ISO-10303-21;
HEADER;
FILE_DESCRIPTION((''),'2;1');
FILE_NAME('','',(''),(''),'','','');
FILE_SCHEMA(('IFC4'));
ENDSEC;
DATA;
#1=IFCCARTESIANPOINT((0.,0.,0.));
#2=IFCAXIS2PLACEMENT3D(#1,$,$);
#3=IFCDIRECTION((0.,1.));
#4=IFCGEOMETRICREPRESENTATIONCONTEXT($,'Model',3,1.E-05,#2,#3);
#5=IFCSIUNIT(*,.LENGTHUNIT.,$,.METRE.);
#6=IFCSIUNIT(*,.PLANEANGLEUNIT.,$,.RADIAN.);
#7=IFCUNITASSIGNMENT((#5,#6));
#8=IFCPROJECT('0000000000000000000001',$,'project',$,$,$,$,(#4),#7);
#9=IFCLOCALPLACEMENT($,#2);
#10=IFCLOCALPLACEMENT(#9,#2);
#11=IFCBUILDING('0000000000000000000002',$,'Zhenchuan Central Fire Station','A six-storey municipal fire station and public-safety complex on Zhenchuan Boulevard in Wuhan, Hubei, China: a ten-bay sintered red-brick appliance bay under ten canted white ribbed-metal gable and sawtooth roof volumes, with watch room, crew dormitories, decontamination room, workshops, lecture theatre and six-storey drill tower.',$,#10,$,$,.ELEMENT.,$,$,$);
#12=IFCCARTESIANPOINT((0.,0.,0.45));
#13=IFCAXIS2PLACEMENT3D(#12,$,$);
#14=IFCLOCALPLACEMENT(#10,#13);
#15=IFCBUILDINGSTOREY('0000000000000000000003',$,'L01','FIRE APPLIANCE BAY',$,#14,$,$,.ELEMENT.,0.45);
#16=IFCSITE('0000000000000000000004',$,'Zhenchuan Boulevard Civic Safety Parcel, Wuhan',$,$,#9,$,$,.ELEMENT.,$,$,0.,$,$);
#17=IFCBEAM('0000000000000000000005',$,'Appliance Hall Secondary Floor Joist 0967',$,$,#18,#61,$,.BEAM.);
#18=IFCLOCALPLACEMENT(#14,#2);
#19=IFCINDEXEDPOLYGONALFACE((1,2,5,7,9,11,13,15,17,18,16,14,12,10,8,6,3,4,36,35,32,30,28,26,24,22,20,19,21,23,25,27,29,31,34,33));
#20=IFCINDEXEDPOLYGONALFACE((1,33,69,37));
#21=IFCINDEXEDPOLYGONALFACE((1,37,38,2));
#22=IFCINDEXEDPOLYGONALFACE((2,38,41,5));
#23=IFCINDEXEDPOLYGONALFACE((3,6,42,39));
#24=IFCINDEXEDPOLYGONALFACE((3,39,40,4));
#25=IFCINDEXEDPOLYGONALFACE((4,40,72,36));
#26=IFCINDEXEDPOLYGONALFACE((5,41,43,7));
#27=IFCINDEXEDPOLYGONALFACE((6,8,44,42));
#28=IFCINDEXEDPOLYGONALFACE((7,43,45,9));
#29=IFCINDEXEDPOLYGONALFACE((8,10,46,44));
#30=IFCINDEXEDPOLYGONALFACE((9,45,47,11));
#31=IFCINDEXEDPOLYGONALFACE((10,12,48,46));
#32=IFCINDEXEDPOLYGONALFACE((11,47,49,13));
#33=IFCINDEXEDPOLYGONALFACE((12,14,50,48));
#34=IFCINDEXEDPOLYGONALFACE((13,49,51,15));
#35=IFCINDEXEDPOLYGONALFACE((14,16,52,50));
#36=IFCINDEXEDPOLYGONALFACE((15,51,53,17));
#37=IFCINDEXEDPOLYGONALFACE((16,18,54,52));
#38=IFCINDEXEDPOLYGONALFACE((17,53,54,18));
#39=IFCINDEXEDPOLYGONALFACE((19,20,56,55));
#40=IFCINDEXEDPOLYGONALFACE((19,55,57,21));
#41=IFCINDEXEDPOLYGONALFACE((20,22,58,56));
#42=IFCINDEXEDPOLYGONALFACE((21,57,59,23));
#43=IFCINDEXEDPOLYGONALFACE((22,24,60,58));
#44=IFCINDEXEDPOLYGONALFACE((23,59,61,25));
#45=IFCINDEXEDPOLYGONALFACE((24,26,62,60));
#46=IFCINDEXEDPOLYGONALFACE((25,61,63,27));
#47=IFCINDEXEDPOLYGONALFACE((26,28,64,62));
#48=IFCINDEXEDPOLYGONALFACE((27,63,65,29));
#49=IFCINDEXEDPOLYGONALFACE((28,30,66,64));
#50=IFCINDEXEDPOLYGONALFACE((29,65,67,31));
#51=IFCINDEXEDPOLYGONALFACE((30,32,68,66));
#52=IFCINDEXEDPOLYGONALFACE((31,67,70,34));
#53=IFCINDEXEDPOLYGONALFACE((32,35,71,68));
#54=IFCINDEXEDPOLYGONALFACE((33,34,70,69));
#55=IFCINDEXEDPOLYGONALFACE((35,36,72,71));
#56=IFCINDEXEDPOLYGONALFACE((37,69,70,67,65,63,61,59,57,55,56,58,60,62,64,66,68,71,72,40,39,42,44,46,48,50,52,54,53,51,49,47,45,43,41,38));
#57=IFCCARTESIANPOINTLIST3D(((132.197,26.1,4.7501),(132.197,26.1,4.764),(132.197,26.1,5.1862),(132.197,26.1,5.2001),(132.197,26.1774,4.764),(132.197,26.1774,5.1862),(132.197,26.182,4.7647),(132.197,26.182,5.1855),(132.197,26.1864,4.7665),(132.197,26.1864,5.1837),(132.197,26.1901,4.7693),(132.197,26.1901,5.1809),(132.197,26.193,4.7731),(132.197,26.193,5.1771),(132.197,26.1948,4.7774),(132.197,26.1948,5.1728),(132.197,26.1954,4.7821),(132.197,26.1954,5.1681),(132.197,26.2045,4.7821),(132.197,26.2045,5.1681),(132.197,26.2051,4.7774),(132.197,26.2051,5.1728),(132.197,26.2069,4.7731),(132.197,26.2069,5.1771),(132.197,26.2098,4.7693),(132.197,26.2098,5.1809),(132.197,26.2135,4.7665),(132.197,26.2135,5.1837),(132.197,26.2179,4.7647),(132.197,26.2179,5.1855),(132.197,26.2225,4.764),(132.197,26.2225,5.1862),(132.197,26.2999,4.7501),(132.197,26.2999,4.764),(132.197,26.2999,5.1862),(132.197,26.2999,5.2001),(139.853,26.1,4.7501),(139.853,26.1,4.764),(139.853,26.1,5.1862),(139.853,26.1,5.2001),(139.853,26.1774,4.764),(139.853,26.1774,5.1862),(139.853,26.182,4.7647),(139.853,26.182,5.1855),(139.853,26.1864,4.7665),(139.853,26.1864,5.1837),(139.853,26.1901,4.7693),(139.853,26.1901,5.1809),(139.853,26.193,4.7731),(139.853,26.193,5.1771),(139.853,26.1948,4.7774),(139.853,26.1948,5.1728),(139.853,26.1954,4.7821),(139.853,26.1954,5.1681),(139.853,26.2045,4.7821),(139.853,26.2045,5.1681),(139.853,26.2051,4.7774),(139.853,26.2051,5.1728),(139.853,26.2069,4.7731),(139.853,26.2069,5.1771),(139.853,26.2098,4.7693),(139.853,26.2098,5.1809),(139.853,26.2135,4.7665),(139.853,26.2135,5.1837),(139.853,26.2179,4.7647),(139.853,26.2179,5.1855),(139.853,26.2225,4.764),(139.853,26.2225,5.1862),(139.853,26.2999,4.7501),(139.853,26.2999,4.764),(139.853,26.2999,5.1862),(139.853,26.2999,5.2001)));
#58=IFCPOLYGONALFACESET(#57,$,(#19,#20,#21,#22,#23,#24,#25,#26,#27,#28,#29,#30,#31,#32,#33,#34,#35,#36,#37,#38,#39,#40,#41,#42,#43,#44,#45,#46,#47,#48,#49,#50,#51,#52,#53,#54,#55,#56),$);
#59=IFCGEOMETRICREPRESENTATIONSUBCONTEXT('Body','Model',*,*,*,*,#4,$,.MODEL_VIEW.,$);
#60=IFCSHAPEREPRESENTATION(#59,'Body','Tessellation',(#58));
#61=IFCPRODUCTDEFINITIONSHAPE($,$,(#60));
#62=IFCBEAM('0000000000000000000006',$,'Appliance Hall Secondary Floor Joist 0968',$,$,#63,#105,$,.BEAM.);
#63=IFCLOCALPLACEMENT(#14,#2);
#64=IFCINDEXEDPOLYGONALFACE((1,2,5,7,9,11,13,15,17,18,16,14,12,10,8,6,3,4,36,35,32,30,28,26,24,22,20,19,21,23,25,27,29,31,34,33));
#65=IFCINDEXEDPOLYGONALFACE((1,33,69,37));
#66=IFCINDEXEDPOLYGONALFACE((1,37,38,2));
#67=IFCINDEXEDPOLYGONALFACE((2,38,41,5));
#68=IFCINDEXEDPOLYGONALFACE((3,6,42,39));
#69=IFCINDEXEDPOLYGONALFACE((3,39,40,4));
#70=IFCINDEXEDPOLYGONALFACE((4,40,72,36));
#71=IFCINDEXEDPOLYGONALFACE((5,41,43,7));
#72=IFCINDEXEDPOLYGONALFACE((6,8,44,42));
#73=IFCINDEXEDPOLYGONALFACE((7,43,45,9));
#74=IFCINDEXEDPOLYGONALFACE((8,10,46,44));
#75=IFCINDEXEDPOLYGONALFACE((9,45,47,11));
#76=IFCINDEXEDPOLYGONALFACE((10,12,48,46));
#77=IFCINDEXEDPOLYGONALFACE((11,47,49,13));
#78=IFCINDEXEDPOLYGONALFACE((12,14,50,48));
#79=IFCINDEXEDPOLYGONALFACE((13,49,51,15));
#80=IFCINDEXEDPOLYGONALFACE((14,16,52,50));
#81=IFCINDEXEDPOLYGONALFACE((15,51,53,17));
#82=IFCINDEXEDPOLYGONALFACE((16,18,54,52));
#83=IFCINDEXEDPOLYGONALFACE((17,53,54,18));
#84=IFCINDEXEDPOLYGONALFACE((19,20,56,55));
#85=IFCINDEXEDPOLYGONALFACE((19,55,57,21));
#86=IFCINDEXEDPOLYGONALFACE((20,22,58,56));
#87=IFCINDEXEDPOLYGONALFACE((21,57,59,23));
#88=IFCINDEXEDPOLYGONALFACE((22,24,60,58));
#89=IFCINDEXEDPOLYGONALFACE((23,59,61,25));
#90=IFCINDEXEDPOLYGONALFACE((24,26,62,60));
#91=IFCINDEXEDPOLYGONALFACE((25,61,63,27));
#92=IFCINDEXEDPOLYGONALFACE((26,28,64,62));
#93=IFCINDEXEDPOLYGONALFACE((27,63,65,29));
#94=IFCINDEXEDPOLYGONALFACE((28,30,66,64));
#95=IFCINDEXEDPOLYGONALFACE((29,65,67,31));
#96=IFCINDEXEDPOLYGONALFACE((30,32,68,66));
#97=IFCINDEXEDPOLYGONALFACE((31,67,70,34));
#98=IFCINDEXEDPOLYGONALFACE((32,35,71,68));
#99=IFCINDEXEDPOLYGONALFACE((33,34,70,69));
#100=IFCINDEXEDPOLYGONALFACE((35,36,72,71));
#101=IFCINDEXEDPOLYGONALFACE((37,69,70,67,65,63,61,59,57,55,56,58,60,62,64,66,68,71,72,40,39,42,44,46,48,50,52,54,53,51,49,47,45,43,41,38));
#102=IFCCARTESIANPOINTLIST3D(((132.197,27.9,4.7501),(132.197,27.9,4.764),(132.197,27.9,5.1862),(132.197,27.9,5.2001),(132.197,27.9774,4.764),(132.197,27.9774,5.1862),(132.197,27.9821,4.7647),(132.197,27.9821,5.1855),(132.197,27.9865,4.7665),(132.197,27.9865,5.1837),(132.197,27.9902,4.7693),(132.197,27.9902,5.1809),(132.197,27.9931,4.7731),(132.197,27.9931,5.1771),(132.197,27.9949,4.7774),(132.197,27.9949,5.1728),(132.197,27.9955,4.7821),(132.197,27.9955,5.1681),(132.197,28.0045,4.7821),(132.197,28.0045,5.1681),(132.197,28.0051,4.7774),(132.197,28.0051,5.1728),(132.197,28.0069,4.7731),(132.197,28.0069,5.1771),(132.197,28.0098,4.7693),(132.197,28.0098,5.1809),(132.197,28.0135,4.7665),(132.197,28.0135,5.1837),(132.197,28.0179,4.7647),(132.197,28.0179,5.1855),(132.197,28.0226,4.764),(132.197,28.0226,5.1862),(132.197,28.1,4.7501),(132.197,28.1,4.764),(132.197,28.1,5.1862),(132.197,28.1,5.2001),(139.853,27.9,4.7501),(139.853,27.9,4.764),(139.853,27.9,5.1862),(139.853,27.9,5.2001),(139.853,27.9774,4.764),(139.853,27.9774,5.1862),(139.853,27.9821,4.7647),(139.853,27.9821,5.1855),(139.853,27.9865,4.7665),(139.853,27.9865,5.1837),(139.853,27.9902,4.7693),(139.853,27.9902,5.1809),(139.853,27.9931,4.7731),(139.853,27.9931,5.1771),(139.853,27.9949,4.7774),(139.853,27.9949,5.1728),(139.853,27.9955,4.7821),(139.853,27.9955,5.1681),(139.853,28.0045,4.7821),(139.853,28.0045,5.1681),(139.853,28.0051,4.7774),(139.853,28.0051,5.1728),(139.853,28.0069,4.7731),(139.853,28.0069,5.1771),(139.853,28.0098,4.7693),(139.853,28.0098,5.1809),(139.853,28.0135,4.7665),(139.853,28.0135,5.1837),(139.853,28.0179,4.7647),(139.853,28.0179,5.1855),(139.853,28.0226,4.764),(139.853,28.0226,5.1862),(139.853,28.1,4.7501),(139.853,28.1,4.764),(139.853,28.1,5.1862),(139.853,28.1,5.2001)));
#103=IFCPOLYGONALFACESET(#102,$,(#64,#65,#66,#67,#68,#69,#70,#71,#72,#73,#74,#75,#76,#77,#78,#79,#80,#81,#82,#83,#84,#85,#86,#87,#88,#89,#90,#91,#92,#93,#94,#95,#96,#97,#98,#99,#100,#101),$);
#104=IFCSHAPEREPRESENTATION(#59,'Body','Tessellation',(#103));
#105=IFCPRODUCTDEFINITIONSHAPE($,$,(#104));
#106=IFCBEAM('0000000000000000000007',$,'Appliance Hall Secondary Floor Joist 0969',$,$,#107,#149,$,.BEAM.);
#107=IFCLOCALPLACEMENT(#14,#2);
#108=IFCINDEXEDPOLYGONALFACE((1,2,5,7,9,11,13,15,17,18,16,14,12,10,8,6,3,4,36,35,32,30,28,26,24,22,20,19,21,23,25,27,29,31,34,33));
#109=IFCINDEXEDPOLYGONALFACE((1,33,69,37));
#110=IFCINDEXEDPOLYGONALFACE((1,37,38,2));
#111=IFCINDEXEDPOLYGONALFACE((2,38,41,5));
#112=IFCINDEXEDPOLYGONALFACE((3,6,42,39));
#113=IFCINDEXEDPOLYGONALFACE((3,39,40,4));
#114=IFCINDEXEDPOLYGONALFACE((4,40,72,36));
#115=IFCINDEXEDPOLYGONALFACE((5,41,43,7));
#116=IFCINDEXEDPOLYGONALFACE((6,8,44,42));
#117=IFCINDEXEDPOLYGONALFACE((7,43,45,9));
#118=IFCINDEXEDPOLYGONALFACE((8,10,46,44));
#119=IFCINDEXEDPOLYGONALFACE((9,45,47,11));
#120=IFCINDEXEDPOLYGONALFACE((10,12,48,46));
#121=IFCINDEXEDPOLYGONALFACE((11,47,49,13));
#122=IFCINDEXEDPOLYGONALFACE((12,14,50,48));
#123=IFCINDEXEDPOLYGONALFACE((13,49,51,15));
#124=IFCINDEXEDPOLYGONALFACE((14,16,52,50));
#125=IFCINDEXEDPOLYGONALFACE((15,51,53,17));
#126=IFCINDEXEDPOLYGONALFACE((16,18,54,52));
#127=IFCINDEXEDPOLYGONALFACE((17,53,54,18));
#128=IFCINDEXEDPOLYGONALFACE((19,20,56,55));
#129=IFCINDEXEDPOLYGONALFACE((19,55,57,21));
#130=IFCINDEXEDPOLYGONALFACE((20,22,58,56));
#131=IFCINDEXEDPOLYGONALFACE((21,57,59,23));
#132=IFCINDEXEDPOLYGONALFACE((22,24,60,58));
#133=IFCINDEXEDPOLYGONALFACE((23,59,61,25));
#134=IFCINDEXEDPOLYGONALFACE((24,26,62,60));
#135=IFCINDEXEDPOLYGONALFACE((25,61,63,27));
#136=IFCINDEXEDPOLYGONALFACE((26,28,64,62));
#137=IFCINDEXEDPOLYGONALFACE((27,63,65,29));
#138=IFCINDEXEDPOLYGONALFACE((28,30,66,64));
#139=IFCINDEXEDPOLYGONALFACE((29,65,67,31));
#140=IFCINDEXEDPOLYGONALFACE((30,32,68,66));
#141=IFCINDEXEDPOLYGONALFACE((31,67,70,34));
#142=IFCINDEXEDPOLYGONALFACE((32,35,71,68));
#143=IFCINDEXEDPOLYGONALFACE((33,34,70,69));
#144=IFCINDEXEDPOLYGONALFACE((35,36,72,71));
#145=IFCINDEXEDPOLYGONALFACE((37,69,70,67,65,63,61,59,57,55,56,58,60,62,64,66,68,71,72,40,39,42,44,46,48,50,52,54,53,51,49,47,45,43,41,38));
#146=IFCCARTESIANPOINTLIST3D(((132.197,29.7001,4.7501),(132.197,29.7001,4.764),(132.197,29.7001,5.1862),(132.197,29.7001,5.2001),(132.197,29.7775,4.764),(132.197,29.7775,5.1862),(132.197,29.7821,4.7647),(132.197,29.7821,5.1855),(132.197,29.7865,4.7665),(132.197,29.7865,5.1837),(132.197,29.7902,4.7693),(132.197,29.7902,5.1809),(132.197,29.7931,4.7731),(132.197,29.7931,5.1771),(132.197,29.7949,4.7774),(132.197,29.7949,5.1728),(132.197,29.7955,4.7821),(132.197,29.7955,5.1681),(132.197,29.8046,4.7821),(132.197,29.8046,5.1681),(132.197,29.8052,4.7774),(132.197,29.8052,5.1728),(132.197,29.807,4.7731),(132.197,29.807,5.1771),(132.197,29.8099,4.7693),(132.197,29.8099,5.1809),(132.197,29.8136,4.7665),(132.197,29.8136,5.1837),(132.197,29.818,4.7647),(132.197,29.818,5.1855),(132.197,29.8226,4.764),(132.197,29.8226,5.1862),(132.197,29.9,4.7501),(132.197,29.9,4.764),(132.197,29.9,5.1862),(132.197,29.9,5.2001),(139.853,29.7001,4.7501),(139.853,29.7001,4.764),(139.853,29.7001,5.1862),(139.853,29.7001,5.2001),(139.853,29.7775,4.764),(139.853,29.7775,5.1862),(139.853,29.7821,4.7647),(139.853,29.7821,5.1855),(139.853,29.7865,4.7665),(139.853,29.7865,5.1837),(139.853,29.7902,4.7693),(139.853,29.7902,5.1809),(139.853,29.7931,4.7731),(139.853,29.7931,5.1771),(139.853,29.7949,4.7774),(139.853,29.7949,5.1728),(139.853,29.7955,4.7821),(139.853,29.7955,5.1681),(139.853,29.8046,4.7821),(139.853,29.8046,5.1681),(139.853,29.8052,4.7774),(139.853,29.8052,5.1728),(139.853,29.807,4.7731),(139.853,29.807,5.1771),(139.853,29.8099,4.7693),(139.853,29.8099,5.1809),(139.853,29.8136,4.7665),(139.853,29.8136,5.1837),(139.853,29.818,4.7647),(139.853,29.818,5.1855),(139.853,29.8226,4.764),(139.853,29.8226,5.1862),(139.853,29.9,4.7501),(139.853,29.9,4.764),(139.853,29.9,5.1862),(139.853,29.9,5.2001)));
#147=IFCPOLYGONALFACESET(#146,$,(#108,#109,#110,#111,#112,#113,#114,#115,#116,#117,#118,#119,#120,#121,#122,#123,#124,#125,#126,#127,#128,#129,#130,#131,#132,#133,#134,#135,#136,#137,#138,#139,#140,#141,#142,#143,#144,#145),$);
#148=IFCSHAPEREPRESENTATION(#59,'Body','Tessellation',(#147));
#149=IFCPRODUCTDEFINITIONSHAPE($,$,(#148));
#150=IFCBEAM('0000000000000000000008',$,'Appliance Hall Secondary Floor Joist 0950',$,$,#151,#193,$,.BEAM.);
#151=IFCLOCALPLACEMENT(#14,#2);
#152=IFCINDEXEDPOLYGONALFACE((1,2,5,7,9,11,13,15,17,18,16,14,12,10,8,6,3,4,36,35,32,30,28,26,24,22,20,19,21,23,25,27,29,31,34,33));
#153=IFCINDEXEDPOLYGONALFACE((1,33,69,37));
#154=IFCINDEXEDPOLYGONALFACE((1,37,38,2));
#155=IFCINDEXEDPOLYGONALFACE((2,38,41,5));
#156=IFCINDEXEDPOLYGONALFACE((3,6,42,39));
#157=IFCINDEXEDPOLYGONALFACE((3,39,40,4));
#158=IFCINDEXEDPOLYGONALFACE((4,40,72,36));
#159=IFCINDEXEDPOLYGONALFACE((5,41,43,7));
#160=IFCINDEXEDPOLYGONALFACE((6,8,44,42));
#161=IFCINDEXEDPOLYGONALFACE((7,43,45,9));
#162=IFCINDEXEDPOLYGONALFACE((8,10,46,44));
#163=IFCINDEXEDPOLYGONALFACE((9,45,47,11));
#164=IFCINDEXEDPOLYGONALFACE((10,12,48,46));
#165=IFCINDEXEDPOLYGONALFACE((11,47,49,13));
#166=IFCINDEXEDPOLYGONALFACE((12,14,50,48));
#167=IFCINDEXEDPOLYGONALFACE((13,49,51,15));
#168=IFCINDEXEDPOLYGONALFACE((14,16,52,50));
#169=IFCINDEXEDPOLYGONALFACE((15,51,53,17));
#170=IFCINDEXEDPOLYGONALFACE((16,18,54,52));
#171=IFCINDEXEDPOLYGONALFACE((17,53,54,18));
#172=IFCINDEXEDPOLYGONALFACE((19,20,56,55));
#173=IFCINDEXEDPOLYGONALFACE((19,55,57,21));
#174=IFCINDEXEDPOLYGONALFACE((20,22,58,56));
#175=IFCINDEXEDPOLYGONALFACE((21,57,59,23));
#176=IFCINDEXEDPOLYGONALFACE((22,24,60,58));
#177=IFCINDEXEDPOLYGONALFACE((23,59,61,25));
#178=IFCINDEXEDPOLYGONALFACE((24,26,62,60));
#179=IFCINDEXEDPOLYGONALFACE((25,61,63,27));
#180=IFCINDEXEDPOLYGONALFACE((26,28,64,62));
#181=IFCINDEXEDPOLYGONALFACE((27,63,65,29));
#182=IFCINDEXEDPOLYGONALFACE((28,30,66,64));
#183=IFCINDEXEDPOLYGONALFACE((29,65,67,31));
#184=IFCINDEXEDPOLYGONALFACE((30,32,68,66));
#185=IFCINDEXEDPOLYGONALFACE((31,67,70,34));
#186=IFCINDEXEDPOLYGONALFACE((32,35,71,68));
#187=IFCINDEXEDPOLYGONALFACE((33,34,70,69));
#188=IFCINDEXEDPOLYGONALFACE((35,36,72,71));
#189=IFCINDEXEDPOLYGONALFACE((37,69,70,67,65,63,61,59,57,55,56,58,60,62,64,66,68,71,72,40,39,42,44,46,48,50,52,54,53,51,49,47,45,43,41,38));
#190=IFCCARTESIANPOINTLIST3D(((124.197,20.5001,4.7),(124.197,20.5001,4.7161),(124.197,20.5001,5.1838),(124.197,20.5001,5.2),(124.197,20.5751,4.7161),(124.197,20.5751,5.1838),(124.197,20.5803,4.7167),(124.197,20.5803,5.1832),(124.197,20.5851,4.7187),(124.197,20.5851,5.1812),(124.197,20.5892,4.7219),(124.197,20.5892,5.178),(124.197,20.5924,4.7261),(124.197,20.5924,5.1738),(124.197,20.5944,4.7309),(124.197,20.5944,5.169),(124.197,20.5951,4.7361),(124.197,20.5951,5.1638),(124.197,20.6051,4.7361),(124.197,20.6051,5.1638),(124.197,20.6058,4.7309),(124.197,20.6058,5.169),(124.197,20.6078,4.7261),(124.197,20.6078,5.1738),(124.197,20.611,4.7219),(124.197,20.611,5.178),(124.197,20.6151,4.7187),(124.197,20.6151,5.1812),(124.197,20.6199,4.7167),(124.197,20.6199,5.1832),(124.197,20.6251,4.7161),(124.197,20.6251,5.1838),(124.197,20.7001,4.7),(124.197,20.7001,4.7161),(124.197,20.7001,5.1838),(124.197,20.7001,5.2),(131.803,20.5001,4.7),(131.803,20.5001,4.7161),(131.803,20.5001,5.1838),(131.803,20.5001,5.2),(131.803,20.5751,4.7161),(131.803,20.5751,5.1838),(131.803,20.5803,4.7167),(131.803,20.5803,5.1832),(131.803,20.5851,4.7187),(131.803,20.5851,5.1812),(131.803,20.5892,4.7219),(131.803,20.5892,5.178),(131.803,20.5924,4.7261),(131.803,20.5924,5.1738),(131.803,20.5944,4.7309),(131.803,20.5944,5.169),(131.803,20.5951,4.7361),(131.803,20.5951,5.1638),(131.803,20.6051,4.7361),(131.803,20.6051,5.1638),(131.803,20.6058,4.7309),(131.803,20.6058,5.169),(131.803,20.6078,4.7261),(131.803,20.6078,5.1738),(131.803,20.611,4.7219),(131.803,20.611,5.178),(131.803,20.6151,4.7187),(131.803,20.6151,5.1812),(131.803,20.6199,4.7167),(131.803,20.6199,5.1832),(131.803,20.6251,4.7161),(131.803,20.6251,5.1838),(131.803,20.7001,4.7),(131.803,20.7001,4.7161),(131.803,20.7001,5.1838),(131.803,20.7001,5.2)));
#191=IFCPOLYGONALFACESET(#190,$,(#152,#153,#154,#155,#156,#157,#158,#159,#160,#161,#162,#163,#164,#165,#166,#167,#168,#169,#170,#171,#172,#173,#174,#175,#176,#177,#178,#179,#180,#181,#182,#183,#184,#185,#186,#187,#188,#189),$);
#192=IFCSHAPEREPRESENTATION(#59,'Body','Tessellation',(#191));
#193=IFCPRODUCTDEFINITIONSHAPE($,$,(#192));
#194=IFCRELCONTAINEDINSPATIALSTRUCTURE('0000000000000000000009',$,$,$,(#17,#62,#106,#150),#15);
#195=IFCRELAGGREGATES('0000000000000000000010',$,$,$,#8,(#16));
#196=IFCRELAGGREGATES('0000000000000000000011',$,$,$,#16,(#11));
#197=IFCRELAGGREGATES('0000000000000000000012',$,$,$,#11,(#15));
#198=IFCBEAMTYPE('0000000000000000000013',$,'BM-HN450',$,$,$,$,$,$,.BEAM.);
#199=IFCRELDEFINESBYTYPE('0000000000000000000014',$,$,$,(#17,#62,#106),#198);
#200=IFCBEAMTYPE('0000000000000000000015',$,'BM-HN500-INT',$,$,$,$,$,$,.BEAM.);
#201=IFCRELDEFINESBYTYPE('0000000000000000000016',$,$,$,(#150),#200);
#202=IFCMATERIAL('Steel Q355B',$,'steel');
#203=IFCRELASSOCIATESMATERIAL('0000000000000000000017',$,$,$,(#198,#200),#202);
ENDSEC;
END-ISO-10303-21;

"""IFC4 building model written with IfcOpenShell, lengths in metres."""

from ifc_helpers import new_model, si_unit, direction, frame, origin, origin_2d, place, context, subcontext, project, spatial, i_section, extrude, material, material_profile, profile_set, type_object, element, save


model = new_model("IFC4")

# Units and contexts
model_context = context("Model", 3, precision=1e-05, world=origin(), true_north=direction((0.0, 1.0)))
body_context = subcontext(model_context, "Body", "Model", "MODEL_VIEW")
ifc_project = project(units=[si_unit("LENGTHUNIT", "METRE"), si_unit("PLANEANGLEUNIT", "RADIAN")], contexts=[model_context])

# Site, building, storey
site_placement = place(None, origin())
site = spatial("IfcSite", under=ifc_project, at=site_placement, Name="Zhenchuan Boulevard Civic Safety Parcel, Wuhan", CompositionType="ELEMENT", RefElevation=0.0)
building_placement = place(site_placement, origin())
building = spatial("IfcBuilding", under=site, at=building_placement, Name="Zhenchuan Central Fire Station", Description="A six-storey municipal fire station and public-safety complex on Zhenchuan Boulevard in Wuhan, Hubei, China: a ten-bay sintered red-brick appliance bay under ten canted white ribbed-metal gable and sawtooth roof volumes, with watch room, crew dormitories, decontamination room, workshops, lecture theatre and six-storey drill tower.", CompositionType="ELEMENT")
storey_placement = place(building_placement, frame((0.0, 0.0, 0.45)))
storey = spatial("IfcBuildingStorey", under=building, at=storey_placement, Name="L01", Description="FIRE APPLIANCE BAY", CompositionType="ELEMENT", Elevation=0.45)

# Beams
ifc_material_1 = material(Name="Steel Q355B", Category="steel")
ifc_material_profile_1 = material_profile(ifc_material_1, i_section(OverallWidth=0.2, OverallDepth=0.45, WebThickness=0.009, FlangeThickness=0.0139, FilletRadius=0.0181, at=origin_2d()), Name="HN 450x200")
ifc_profile_set_1 = profile_set([ifc_material_profile_1], Name="Steel Q355B")
beam_type_1 = type_object("IfcBeamType", Name="BM-HN450", PredefinedType="BEAM", material=ifc_profile_set_1)
for number, where, z_axis, x_axis, name in (
    (1, (132.197, 26.2, 4.9751), (1.0, 0.0, 0.0), (0.0, 1.0, 0.0), "Appliance Hall Secondary Floor Joist 0967"),
    (2, (132.197, 28.0, 4.9751), (1.0, 0.0, 0.0), (0.0, 1.0, 0.0), "Appliance Hall Secondary Floor Joist 0968"),
    (3, (132.197, 29.8, 4.9751), (1.0, 0.0, 0.0), (0.0, 1.0, 0.0), "Appliance Hall Secondary Floor Joist 0969"),
):
    element("IfcBeam", number, at=place(storey_placement, frame(where, z_axis=z_axis, x_axis=x_axis)), inside=storey, type_object=beam_type_1, Name=name, PredefinedType="BEAM", context=body_context, shape_type="SweptSolid", body=[
        extrude(i_section(OverallWidth=0.2, OverallDepth=0.45, WebThickness=0.009, FlangeThickness=0.0139, FilletRadius=0.0181, at=origin_2d()), origin(), (0.0, 0.0, 1.0), 7.656),
    ])
ifc_material_profile_2 = material_profile(ifc_material_1, i_section(OverallWidth=0.2, OverallDepth=0.5, WebThickness=0.01, FlangeThickness=0.0161, FilletRadius=0.02, at=origin_2d()), Name="HN 500x200")
ifc_profile_set_2 = profile_set([ifc_material_profile_2], Name="Steel Q355B")
beam_type_2 = type_object("IfcBeamType", Name="BM-HN500-INT", PredefinedType="BEAM", material=ifc_profile_set_2)
for number, where, z_axis, x_axis, name in (
    (4, (124.197, 20.6001, 4.95), (1.0, 0.0, 0.0), (0.0, 1.0, 0.0), "Appliance Hall Secondary Floor Joist 0950"),
):
    element("IfcBeam", number, at=place(storey_placement, frame(where, z_axis=z_axis, x_axis=x_axis)), inside=storey, type_object=beam_type_2, Name=name, PredefinedType="BEAM", context=body_context, shape_type="SweptSolid", body=[
        extrude(i_section(OverallWidth=0.2, OverallDepth=0.5, WebThickness=0.01, FlangeThickness=0.0161, FilletRadius=0.02, at=origin_2d()), origin(), (0.0, 0.0, 1.0), 7.606),
    ])

save(model, "model.ifc")
